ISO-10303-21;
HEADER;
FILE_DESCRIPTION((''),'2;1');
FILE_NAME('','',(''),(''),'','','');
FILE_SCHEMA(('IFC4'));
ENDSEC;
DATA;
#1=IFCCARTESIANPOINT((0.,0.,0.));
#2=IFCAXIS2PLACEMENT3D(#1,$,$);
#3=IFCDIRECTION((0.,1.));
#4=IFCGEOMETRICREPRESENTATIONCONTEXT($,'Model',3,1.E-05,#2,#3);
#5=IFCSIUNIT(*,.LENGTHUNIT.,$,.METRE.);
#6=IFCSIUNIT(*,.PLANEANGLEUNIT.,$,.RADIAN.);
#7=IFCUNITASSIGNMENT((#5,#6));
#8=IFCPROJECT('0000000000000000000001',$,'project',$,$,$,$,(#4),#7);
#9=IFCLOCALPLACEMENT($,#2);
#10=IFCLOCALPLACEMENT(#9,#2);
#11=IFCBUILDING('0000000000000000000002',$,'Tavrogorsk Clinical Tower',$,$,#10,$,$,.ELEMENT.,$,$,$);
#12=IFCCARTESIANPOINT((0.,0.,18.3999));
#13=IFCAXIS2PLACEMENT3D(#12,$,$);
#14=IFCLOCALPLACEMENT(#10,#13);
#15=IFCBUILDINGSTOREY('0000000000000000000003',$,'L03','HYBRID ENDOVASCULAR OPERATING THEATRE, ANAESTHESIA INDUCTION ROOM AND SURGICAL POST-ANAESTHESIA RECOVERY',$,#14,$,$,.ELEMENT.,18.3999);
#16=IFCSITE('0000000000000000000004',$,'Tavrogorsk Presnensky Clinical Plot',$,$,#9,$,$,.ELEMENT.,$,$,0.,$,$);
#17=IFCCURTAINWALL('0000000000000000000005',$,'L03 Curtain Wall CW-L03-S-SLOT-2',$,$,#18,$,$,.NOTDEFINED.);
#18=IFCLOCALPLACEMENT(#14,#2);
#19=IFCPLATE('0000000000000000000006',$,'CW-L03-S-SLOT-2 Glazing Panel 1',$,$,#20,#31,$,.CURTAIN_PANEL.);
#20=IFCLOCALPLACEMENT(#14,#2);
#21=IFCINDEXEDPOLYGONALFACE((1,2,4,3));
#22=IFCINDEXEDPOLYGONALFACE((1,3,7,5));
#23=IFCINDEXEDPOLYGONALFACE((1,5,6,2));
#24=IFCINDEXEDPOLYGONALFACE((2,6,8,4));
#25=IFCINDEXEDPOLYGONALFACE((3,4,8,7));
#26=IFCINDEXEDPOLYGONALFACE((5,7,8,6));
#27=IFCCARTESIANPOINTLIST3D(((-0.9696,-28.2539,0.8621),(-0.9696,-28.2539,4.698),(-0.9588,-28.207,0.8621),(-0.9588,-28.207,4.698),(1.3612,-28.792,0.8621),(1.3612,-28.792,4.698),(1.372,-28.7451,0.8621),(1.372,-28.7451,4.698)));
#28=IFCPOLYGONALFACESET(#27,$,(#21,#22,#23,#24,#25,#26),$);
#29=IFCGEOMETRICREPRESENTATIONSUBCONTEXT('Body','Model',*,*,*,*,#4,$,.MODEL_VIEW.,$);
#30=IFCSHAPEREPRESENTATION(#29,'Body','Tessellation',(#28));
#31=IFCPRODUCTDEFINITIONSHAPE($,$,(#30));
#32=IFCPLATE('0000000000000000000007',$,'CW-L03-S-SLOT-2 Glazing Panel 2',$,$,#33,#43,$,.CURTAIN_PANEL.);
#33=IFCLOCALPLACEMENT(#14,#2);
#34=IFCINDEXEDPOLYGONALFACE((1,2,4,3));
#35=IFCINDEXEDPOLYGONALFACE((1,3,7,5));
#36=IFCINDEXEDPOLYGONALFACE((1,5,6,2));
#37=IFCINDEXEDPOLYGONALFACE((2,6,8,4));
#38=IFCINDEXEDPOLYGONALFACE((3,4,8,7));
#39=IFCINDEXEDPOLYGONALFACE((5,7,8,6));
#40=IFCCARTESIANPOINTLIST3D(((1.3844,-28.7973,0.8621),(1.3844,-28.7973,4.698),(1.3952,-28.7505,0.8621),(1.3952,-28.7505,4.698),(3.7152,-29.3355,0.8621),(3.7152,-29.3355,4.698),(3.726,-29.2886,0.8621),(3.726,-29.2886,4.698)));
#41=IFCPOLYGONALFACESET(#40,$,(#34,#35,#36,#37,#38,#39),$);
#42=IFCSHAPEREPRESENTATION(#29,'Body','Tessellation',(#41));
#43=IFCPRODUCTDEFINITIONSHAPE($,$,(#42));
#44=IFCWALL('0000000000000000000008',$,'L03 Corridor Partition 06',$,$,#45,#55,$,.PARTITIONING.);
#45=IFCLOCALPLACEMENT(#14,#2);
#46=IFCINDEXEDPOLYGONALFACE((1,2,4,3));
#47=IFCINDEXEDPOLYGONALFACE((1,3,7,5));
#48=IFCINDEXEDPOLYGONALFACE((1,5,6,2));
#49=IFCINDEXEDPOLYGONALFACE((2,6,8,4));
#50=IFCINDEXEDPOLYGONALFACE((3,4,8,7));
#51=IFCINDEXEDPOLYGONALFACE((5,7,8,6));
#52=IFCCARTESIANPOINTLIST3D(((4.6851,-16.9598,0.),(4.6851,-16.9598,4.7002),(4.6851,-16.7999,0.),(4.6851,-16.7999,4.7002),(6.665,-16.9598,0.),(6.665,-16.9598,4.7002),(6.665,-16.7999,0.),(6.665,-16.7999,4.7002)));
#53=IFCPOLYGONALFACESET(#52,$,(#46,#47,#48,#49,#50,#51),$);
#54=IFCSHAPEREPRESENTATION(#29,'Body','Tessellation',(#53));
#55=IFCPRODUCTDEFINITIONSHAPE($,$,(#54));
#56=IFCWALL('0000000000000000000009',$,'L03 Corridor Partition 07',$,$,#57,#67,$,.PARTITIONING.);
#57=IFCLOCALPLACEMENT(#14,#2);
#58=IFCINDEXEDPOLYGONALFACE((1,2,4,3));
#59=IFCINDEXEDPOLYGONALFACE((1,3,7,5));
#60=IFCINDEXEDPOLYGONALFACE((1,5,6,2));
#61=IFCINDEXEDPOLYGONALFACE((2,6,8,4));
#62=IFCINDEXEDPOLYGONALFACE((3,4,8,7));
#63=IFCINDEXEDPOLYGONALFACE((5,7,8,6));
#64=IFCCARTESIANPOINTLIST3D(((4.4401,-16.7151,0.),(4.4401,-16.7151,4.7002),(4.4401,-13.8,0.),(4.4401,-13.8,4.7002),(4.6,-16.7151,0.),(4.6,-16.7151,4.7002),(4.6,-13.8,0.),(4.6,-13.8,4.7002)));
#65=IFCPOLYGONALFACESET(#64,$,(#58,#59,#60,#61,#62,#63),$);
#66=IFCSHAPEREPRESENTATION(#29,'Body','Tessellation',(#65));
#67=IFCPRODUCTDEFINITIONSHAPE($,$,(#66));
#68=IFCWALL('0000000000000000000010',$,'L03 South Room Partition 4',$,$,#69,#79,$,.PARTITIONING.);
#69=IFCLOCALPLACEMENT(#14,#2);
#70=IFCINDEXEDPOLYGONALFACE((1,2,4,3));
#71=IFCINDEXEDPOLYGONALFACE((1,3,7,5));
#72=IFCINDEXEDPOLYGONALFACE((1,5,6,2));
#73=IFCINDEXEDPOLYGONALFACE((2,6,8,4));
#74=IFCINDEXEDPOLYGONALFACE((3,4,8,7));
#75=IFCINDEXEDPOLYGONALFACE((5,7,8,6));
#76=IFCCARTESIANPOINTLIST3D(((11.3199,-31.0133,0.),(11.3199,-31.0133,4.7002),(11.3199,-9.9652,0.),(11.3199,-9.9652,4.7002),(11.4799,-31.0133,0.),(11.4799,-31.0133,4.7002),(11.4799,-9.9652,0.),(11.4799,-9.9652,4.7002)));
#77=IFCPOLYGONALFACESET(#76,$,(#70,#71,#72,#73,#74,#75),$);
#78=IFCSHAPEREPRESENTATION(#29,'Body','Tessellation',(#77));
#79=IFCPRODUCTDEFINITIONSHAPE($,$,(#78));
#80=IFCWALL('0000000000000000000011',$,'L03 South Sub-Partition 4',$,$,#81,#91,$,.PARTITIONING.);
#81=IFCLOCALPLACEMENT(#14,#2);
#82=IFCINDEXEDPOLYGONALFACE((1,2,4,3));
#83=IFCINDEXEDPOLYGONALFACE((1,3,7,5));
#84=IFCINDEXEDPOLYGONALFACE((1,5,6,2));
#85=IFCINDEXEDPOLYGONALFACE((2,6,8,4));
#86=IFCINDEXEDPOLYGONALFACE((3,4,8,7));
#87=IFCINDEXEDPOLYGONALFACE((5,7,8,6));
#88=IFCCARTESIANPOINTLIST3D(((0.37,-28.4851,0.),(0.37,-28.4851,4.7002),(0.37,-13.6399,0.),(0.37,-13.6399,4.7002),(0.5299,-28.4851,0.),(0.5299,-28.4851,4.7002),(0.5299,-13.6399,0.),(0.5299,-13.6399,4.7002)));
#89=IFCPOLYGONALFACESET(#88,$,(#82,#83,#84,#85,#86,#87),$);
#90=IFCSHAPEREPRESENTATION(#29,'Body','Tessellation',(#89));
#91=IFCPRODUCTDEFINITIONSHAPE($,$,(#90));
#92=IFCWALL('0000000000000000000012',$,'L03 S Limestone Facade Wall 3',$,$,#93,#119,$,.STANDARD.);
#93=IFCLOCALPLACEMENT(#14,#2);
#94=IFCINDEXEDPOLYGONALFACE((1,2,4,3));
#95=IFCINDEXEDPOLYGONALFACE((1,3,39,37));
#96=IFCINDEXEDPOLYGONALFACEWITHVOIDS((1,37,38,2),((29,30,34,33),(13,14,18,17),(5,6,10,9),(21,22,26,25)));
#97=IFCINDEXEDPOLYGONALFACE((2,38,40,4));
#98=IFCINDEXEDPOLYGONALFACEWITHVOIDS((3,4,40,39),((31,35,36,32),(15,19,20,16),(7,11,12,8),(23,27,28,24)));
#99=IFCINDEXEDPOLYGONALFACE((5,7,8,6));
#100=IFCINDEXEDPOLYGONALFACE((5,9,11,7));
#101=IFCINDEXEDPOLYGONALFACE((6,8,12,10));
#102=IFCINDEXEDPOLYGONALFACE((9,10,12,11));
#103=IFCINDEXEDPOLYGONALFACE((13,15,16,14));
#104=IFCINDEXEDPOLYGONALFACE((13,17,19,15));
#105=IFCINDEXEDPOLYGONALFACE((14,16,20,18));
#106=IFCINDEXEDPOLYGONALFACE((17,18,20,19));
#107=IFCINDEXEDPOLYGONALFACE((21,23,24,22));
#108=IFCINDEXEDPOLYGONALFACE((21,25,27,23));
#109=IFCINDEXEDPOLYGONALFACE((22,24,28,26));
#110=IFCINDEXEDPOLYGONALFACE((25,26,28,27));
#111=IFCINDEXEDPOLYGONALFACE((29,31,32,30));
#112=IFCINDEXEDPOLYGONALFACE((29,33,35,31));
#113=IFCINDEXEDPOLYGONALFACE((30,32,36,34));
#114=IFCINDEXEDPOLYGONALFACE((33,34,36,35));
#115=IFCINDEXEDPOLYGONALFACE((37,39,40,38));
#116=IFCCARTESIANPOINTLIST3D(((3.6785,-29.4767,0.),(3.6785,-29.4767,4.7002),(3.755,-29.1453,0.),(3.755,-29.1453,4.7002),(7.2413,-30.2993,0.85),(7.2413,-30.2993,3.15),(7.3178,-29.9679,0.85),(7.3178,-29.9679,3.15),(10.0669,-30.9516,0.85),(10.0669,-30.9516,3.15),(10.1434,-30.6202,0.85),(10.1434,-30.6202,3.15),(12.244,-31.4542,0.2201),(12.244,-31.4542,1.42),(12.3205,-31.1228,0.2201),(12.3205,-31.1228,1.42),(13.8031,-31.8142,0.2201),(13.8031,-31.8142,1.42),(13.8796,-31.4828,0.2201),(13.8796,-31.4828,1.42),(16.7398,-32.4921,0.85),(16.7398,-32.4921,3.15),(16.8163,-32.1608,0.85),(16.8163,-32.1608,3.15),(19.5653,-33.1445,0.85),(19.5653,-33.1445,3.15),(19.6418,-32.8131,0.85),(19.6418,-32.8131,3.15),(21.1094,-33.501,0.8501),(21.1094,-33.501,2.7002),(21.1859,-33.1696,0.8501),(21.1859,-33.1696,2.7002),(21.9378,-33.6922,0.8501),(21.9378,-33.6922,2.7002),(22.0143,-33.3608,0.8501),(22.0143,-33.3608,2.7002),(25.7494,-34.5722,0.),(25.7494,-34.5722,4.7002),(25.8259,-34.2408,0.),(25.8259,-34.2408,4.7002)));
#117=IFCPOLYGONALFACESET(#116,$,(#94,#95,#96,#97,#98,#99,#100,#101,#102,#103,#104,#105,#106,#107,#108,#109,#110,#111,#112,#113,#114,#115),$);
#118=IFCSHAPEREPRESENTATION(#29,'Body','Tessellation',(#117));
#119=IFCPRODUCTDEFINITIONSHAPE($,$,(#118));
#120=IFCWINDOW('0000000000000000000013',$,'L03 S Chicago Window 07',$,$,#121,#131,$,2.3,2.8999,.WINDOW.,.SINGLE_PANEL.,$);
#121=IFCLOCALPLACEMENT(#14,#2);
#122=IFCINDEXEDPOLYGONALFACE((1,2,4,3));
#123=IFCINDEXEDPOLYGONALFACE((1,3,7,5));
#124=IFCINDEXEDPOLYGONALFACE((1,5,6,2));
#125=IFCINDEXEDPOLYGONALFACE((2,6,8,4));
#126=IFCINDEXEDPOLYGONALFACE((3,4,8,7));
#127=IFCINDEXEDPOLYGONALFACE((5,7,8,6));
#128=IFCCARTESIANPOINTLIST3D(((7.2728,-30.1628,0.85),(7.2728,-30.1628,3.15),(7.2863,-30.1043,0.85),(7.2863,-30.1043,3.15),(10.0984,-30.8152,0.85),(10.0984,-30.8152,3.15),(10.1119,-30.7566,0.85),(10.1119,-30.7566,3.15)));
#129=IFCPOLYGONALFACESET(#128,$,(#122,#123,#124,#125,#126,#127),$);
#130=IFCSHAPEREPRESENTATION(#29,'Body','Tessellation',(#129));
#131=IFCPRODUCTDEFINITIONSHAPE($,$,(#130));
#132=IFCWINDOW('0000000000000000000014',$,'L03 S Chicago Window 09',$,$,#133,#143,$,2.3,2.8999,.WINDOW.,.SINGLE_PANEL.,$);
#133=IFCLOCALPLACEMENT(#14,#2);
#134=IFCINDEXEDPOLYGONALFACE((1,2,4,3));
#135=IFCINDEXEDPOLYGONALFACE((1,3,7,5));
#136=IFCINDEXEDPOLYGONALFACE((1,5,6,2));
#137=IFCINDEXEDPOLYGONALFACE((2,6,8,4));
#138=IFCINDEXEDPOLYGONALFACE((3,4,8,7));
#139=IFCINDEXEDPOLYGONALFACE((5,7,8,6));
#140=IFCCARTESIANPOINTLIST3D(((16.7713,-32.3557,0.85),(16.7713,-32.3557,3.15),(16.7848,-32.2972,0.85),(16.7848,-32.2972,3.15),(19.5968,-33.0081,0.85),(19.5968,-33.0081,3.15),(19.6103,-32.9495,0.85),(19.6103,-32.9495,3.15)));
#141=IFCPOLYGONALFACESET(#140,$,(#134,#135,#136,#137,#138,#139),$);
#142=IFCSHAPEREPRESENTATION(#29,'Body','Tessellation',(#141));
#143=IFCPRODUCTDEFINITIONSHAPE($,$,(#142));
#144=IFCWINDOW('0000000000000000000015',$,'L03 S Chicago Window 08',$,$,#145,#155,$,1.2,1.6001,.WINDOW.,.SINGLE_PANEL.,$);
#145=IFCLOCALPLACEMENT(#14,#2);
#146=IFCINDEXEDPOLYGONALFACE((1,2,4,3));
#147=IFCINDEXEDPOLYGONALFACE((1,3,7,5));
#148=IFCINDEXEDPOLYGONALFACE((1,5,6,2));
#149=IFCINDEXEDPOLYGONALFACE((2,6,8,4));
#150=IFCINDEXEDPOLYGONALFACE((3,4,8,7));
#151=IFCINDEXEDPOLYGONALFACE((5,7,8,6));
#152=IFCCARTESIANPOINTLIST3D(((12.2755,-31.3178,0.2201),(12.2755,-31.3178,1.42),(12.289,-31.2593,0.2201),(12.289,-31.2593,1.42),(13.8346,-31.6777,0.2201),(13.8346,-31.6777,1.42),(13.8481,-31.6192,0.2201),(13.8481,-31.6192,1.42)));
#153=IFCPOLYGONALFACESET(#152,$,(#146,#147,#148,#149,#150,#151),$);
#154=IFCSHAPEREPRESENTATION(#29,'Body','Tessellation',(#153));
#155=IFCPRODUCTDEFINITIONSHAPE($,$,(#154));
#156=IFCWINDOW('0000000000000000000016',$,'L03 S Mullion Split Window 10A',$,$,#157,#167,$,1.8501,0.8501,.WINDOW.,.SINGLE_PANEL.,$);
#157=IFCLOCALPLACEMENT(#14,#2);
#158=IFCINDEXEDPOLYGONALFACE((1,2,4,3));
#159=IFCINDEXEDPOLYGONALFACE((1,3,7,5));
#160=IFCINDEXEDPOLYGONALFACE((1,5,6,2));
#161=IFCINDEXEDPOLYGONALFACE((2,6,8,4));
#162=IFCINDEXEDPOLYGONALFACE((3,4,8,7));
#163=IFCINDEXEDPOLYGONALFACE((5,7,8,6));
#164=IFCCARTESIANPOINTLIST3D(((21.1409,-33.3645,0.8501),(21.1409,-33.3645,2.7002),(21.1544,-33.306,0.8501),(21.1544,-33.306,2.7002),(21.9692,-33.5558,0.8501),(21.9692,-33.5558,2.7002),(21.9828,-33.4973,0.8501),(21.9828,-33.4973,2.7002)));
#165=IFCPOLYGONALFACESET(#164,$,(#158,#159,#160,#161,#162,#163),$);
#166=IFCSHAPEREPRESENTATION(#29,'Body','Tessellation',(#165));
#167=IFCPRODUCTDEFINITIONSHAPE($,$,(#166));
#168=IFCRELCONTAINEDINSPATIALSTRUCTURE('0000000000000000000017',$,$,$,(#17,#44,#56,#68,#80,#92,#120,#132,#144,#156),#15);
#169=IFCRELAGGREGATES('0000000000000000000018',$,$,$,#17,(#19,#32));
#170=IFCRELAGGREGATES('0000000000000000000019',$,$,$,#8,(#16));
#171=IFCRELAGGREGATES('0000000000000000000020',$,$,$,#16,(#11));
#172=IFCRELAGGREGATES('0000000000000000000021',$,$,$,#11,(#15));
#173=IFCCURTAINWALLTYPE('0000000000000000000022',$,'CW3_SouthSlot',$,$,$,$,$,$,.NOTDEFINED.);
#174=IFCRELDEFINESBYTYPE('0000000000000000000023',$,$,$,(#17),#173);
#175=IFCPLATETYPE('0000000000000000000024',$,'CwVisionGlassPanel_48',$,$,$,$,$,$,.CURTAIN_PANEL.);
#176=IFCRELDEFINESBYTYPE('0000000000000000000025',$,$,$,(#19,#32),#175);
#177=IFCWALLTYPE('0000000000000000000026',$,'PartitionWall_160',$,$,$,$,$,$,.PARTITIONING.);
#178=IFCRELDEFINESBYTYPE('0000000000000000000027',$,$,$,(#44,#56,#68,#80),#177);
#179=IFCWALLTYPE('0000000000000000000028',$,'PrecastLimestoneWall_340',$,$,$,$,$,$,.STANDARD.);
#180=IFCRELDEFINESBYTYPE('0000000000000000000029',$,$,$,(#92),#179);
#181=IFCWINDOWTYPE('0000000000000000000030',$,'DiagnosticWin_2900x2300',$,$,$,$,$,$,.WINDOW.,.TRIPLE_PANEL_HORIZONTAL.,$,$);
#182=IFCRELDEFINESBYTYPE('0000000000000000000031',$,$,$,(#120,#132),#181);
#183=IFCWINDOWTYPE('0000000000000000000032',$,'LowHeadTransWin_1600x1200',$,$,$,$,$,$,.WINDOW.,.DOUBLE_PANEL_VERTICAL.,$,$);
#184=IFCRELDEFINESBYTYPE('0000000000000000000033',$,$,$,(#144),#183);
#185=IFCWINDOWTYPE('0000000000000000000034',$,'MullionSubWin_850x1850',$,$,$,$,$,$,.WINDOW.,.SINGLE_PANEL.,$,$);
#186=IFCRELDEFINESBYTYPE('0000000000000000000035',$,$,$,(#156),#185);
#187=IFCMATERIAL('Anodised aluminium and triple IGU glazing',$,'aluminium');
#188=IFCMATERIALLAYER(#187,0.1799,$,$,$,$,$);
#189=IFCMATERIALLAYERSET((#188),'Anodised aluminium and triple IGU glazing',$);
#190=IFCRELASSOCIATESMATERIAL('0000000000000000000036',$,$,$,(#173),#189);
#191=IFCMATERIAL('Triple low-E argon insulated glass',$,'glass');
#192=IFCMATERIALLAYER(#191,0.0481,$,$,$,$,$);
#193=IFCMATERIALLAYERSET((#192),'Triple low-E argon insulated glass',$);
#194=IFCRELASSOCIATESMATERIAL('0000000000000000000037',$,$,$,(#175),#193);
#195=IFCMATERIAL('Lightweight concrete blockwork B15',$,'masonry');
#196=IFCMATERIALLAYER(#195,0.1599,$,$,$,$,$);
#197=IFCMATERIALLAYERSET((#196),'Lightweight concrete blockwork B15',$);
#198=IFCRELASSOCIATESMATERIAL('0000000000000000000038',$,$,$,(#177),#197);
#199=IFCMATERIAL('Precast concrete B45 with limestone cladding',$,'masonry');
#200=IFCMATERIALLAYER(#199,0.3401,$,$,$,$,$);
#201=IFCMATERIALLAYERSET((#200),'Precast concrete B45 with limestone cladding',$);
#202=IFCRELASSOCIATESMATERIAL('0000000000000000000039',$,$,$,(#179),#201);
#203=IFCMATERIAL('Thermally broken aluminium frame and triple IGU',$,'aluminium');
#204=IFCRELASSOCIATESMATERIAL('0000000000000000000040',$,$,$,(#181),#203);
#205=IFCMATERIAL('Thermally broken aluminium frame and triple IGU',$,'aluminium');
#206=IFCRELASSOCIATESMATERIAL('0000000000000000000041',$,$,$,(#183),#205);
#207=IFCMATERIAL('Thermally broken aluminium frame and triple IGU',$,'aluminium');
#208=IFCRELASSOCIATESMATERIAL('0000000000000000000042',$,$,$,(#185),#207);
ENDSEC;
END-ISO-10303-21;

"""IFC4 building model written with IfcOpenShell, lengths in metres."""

from ifc_helpers import new_model, si_unit, direction, frame, frame_2d, origin, origin_2d, place, context, subcontext, project, spatial, rectangle, extrude, material, layer, layer_set, type_object, element, fill, aggregate, save


model = new_model("IFC4")

# Units and contexts
model_context = context("Model", 3, precision=1e-05, world=origin(), true_north=direction((0.0, 1.0)))
body_context = subcontext(model_context, "Body", "Model", "MODEL_VIEW")
ifc_project = project(units=[si_unit("LENGTHUNIT", "METRE"), si_unit("PLANEANGLEUNIT", "RADIAN")], contexts=[model_context])

# Site, building, storey
site_placement = place(None, origin())
site = spatial("IfcSite", under=ifc_project, at=site_placement, Name="Tavrogorsk Presnensky Clinical Plot", CompositionType="ELEMENT", RefElevation=0.0)
building_placement = place(site_placement, origin())
building = spatial("IfcBuilding", under=site, at=building_placement, Name="Tavrogorsk Clinical Tower", CompositionType="ELEMENT")
storey_placement = place(building_placement, frame((0.0, 0.0, 18.3999)))
storey = spatial("IfcBuildingStorey", under=building, at=storey_placement, Name="L03", Description="HYBRID ENDOVASCULAR OPERATING THEATRE, ANAESTHESIA INDUCTION ROOM AND SURGICAL POST-ANAESTHESIA RECOVERY", CompositionType="ELEMENT", Elevation=18.3999)

# Curtain wall
ifc_material_1 = material(Name="Anodised aluminium and triple IGU glazing", Category="aluminium")
ifc_layer_1 = layer(ifc_material_1, 0.1799)
ifc_layer_set_1 = layer_set([ifc_layer_1], Name="Anodised aluminium and triple IGU glazing")
curtain_wall_type = type_object("IfcCurtainWallType", Name="CW3_SouthSlot", PredefinedType="NOTDEFINED", material=ifc_layer_set_1)
curtain_wall_placement = place(storey_placement, origin())
curtain_wall = element("IfcCurtainWall", 1, at=curtain_wall_placement, inside=storey, type_object=curtain_wall_type, Name="L03 Curtain Wall CW-L03-S-SLOT-2", PredefinedType="NOTDEFINED")

# Plates
ifc_material_2 = material(Name="Triple low-E argon insulated glass", Category="glass")
ifc_layer_2 = layer(ifc_material_2, 0.0481)
ifc_layer_set_2 = layer_set([ifc_layer_2], Name="Triple low-E argon insulated glass")
plate_type_1 = type_object("IfcPlateType", Name="CwVisionGlassPanel_48", PredefinedType="CURTAIN_PANEL", material=ifc_layer_set_2)
plate_1_placement = place(storey_placement, frame((0.2012, -28.4995, 0.8621), z_axis=(0.0, 0.0, 1.0), x_axis=(0.97437, -0.224951, 0.0)))
plate_1 = element("IfcPlate", 2, at=plate_1_placement, type_object=plate_type_1, Name="CW-L03-S-SLOT-2 Glazing Panel 1", PredefinedType="CURTAIN_PANEL", context=body_context, shape_type="SweptSolid", body=[
    extrude(rectangle(XDim=2.3921, YDim=0.0481, at=origin_2d()), origin(), (0.0, 0.0, 1.0), 3.8359),
])
plate_2_placement = place(storey_placement, frame((2.5552, -29.043, 0.8621), z_axis=(0.0, 0.0, 1.0), x_axis=(0.97437, -0.224951, 0.0)))
plate_2 = element("IfcPlate", 3, at=plate_2_placement, type_object=plate_type_1, Name="CW-L03-S-SLOT-2 Glazing Panel 2", PredefinedType="CURTAIN_PANEL", context=body_context, shape_type="SweptSolid", body=[
    extrude(rectangle(XDim=2.3921, YDim=0.0481, at=origin_2d()), origin(), (0.0, 0.0, 1.0), 3.8359),
])
aggregate(curtain_wall, [plate_1, plate_2])

# Walls
ifc_material_3 = material(Name="Lightweight concrete blockwork B15", Category="masonry")
ifc_layer_3 = layer(ifc_material_3, 0.1599)
ifc_layer_set_3 = layer_set([ifc_layer_3], Name="Lightweight concrete blockwork B15")
wall_type_1 = type_object("IfcWallType", Name="PartitionWall_160", PredefinedType="PARTITIONING", material=ifc_layer_set_3)
wall_1_placement = place(storey_placement, frame((6.665, -16.8799, 0.0), z_axis=(0.0, 0.0, 1.0), x_axis=(-1.0, 0.0, 0.0)))
element("IfcWall", 4, at=wall_1_placement, inside=storey, type_object=wall_type_1, Name="L03 Corridor Partition 06", PredefinedType="PARTITIONING", context=body_context, shape_type="SweptSolid", body=[
    extrude(rectangle(XDim=1.98, YDim=0.1599, at=frame_2d((0.99, 0.0))), origin(), (0.0, 0.0, 1.0), 4.7002),
])
wall_2_placement = place(storey_placement, frame((4.52, -16.7151, 0.0), z_axis=(0.0, 0.0, 1.0), x_axis=(0.0, 1.0, 0.0)))
element("IfcWall", 5, at=wall_2_placement, inside=storey, type_object=wall_type_1, Name="L03 Corridor Partition 07", PredefinedType="PARTITIONING", context=body_context, shape_type="SweptSolid", body=[
    extrude(rectangle(XDim=2.915, YDim=0.1599, at=frame_2d((1.4575, 0.0))), origin(), (0.0, 0.0, 1.0), 4.7002),
])
wall_3_placement = place(storey_placement, frame((11.3999, -31.0132, 0.0), z_axis=(0.0, 0.0, 1.0), x_axis=(0.0, 1.0, 0.0)))
element("IfcWall", 6, at=wall_3_placement, inside=storey, type_object=wall_type_1, Name="L03 South Room Partition 4", PredefinedType="PARTITIONING", context=body_context, shape_type="SweptSolid", body=[
    extrude(rectangle(XDim=21.0481, YDim=0.1599, at=frame_2d((10.5239, 0.0))), origin(), (0.0, 0.0, 1.0), 4.7002),
])
wall_4_placement = place(storey_placement, frame((0.45, -28.4851, 0.0), z_axis=(0.0, 0.0, 1.0), x_axis=(0.0, 1.0, 0.0)))
element("IfcWall", 7, at=wall_4_placement, inside=storey, type_object=wall_type_1, Name="L03 South Sub-Partition 4", PredefinedType="PARTITIONING", context=body_context, shape_type="SweptSolid", body=[
    extrude(rectangle(XDim=14.8452, YDim=0.1599, at=frame_2d((7.4226, 0.0))), origin(), (0.0, 0.0, 1.0), 4.7002),
])

# Wall, openings, windows
ifc_material_4 = material(Name="Precast concrete B45 with limestone cladding", Category="masonry")
ifc_layer_4 = layer(ifc_material_4, 0.3401)
ifc_layer_set_4 = layer_set([ifc_layer_4], Name="Precast concrete B45 with limestone cladding")
wall_type_2 = type_object("IfcWallType", Name="PrecastLimestoneWall_340", PredefinedType="STANDARD", material=ifc_layer_set_4)
wall_5_placement = place(storey_placement, frame((3.7168, -29.311, 0.0), z_axis=(0.0, 0.0, 1.0), x_axis=(0.97437, -0.224952, 0.0)))
wall_5 = element("IfcWall", 8, at=wall_5_placement, inside=storey, type_object=wall_type_2, Name="L03 S Limestone Facade Wall 3", PredefinedType="STANDARD", context=body_context, shape_type="SweptSolid", body=[
    extrude(rectangle(XDim=22.6514, YDim=0.3401, at=frame_2d((11.3257, 0.0))), origin(), (0.0, 0.0, 1.0), 4.7002),
])
opening_1_placement = place(wall_5_placement, frame((3.6565, 0.0, 0.8501)))
opening_1 = element("IfcOpeningElement", 9, at=opening_1_placement, cuts=wall_5, PredefinedType="OPENING", context=body_context, shape_type="SweptSolid", body=[
    extrude(rectangle(XDim=2.8999, YDim=2.3, at=frame_2d((1.45, 1.1499))), frame((0.0, 0.1799, 0.0), z_axis=(0.0, -1.0, 0.0), x_axis=(1.0, 0.0, 0.0)), (0.0, 0.0, 1.0), 0.3601),
])
opening_2_placement = place(wall_5_placement, frame((8.7908, 0.0, 0.22)))
opening_2 = element("IfcOpeningElement", 10, at=opening_2_placement, cuts=wall_5, PredefinedType="OPENING", context=body_context, shape_type="SweptSolid", body=[
    extrude(rectangle(XDim=1.6001, YDim=1.2, at=frame_2d((0.8, 0.6001))), frame((0.0, 0.1799, 0.0), z_axis=(0.0, -1.0, 0.0), x_axis=(1.0, 0.0, 0.0)), (0.0, 0.0, 1.0), 0.3601),
])
opening_3_placement = place(wall_5_placement, frame((13.4048, 0.0, 0.8501)))
opening_3 = element("IfcOpeningElement", 11, at=opening_3_placement, cuts=wall_5, PredefinedType="OPENING", context=body_context, shape_type="SweptSolid", body=[
    extrude(rectangle(XDim=2.8999, YDim=2.3, at=frame_2d((1.45, 1.1499))), frame((0.0, 0.1799, 0.0), z_axis=(0.0, -1.0, 0.0), x_axis=(1.0, 0.0, 0.0)), (0.0, 0.0, 1.0), 0.3601),
])
opening_4_placement = place(wall_5_placement, frame((17.8894, 0.0, 0.8501)))
opening_4 = element("IfcOpeningElement", 12, at=opening_4_placement, cuts=wall_5, PredefinedType="OPENING", context=body_context, shape_type="SweptSolid", body=[
    extrude(rectangle(XDim=0.8501, YDim=1.8501, at=frame_2d((0.425, 0.925))), frame((0.0, 0.1799, 0.0), z_axis=(0.0, -1.0, 0.0), x_axis=(1.0, 0.0, 0.0)), (0.0, 0.0, 1.0), 0.3601),
])
ifc_material_5 = material(Name="Thermally broken aluminium frame and triple IGU", Category="aluminium")
window_type_1 = type_object("IfcWindowType", Name="DiagnosticWin_2900x2300", PartitioningType="TRIPLE_PANEL_HORIZONTAL", PredefinedType="WINDOW", material=ifc_material_5)
window_1_placement = place(opening_1_placement, origin())
window_1 = element("IfcWindow", 13, at=window_1_placement, inside=storey, type_object=window_type_1, Name="L03 S Chicago Window 07", OverallHeight=2.3, OverallWidth=2.8999, PartitioningType="SINGLE_PANEL", PredefinedType="WINDOW", context=body_context, shape_type="SweptSolid", body=[
    extrude(rectangle(XDim=2.8999, YDim=2.3, at=frame_2d((1.45, 1.1499))), frame((0.0, 0.03, 0.0), z_axis=(0.0, -1.0, 0.0), x_axis=(1.0, 0.0, 0.0)), (0.0, 0.0, 1.0), 0.0601),
])
fill(opening_1, window_1)
window_2_placement = place(opening_3_placement, origin())
window_2 = element("IfcWindow", 14, at=window_2_placement, inside=storey, type_object=window_type_1, Name="L03 S Chicago Window 09", OverallHeight=2.3, OverallWidth=2.8999, PartitioningType="SINGLE_PANEL", PredefinedType="WINDOW", context=body_context, shape_type="SweptSolid", body=[
    extrude(rectangle(XDim=2.8999, YDim=2.3, at=frame_2d((1.45, 1.1499))), frame((0.0, 0.03, 0.0), z_axis=(0.0, -1.0, 0.0), x_axis=(1.0, 0.0, 0.0)), (0.0, 0.0, 1.0), 0.0601),
])
fill(opening_3, window_2)
ifc_material_6 = material(Name="Thermally broken aluminium frame and triple IGU", Category="aluminium")
window_type_2 = type_object("IfcWindowType", Name="LowHeadTransWin_1600x1200", PartitioningType="DOUBLE_PANEL_VERTICAL", PredefinedType="WINDOW", material=ifc_material_6)
window_3_placement = place(opening_2_placement, origin())
window_3 = element("IfcWindow", 15, at=window_3_placement, inside=storey, type_object=window_type_2, Name="L03 S Chicago Window 08", OverallHeight=1.2, OverallWidth=1.6001, PartitioningType="SINGLE_PANEL", PredefinedType="WINDOW", context=body_context, shape_type="SweptSolid", body=[
    extrude(rectangle(XDim=1.6001, YDim=1.2, at=frame_2d((0.8, 0.6001))), frame((0.0, 0.03, 0.0), z_axis=(0.0, -1.0, 0.0), x_axis=(1.0, 0.0, 0.0)), (0.0, 0.0, 1.0), 0.0601),
])
fill(opening_2, window_3)
ifc_material_7 = material(Name="Thermally broken aluminium frame and triple IGU", Category="aluminium")
window_type_3 = type_object("IfcWindowType", Name="MullionSubWin_850x1850", PartitioningType="SINGLE_PANEL", PredefinedType="WINDOW", material=ifc_material_7)
window_4_placement = place(opening_4_placement, origin())
window_4 = element("IfcWindow", 16, at=window_4_placement, inside=storey, type_object=window_type_3, Name="L03 S Mullion Split Window 10A", OverallHeight=1.8501, OverallWidth=0.8501, PartitioningType="SINGLE_PANEL", PredefinedType="WINDOW", context=body_context, shape_type="SweptSolid", body=[
    extrude(rectangle(XDim=0.8501, YDim=1.8501, at=frame_2d((0.425, 0.925))), frame((0.0, 0.03, 0.0), z_axis=(0.0, -1.0, 0.0), x_axis=(1.0, 0.0, 0.0)), (0.0, 0.0, 1.0), 0.0601),
])
fill(opening_4, window_4)

save(model, "model.ifc")
